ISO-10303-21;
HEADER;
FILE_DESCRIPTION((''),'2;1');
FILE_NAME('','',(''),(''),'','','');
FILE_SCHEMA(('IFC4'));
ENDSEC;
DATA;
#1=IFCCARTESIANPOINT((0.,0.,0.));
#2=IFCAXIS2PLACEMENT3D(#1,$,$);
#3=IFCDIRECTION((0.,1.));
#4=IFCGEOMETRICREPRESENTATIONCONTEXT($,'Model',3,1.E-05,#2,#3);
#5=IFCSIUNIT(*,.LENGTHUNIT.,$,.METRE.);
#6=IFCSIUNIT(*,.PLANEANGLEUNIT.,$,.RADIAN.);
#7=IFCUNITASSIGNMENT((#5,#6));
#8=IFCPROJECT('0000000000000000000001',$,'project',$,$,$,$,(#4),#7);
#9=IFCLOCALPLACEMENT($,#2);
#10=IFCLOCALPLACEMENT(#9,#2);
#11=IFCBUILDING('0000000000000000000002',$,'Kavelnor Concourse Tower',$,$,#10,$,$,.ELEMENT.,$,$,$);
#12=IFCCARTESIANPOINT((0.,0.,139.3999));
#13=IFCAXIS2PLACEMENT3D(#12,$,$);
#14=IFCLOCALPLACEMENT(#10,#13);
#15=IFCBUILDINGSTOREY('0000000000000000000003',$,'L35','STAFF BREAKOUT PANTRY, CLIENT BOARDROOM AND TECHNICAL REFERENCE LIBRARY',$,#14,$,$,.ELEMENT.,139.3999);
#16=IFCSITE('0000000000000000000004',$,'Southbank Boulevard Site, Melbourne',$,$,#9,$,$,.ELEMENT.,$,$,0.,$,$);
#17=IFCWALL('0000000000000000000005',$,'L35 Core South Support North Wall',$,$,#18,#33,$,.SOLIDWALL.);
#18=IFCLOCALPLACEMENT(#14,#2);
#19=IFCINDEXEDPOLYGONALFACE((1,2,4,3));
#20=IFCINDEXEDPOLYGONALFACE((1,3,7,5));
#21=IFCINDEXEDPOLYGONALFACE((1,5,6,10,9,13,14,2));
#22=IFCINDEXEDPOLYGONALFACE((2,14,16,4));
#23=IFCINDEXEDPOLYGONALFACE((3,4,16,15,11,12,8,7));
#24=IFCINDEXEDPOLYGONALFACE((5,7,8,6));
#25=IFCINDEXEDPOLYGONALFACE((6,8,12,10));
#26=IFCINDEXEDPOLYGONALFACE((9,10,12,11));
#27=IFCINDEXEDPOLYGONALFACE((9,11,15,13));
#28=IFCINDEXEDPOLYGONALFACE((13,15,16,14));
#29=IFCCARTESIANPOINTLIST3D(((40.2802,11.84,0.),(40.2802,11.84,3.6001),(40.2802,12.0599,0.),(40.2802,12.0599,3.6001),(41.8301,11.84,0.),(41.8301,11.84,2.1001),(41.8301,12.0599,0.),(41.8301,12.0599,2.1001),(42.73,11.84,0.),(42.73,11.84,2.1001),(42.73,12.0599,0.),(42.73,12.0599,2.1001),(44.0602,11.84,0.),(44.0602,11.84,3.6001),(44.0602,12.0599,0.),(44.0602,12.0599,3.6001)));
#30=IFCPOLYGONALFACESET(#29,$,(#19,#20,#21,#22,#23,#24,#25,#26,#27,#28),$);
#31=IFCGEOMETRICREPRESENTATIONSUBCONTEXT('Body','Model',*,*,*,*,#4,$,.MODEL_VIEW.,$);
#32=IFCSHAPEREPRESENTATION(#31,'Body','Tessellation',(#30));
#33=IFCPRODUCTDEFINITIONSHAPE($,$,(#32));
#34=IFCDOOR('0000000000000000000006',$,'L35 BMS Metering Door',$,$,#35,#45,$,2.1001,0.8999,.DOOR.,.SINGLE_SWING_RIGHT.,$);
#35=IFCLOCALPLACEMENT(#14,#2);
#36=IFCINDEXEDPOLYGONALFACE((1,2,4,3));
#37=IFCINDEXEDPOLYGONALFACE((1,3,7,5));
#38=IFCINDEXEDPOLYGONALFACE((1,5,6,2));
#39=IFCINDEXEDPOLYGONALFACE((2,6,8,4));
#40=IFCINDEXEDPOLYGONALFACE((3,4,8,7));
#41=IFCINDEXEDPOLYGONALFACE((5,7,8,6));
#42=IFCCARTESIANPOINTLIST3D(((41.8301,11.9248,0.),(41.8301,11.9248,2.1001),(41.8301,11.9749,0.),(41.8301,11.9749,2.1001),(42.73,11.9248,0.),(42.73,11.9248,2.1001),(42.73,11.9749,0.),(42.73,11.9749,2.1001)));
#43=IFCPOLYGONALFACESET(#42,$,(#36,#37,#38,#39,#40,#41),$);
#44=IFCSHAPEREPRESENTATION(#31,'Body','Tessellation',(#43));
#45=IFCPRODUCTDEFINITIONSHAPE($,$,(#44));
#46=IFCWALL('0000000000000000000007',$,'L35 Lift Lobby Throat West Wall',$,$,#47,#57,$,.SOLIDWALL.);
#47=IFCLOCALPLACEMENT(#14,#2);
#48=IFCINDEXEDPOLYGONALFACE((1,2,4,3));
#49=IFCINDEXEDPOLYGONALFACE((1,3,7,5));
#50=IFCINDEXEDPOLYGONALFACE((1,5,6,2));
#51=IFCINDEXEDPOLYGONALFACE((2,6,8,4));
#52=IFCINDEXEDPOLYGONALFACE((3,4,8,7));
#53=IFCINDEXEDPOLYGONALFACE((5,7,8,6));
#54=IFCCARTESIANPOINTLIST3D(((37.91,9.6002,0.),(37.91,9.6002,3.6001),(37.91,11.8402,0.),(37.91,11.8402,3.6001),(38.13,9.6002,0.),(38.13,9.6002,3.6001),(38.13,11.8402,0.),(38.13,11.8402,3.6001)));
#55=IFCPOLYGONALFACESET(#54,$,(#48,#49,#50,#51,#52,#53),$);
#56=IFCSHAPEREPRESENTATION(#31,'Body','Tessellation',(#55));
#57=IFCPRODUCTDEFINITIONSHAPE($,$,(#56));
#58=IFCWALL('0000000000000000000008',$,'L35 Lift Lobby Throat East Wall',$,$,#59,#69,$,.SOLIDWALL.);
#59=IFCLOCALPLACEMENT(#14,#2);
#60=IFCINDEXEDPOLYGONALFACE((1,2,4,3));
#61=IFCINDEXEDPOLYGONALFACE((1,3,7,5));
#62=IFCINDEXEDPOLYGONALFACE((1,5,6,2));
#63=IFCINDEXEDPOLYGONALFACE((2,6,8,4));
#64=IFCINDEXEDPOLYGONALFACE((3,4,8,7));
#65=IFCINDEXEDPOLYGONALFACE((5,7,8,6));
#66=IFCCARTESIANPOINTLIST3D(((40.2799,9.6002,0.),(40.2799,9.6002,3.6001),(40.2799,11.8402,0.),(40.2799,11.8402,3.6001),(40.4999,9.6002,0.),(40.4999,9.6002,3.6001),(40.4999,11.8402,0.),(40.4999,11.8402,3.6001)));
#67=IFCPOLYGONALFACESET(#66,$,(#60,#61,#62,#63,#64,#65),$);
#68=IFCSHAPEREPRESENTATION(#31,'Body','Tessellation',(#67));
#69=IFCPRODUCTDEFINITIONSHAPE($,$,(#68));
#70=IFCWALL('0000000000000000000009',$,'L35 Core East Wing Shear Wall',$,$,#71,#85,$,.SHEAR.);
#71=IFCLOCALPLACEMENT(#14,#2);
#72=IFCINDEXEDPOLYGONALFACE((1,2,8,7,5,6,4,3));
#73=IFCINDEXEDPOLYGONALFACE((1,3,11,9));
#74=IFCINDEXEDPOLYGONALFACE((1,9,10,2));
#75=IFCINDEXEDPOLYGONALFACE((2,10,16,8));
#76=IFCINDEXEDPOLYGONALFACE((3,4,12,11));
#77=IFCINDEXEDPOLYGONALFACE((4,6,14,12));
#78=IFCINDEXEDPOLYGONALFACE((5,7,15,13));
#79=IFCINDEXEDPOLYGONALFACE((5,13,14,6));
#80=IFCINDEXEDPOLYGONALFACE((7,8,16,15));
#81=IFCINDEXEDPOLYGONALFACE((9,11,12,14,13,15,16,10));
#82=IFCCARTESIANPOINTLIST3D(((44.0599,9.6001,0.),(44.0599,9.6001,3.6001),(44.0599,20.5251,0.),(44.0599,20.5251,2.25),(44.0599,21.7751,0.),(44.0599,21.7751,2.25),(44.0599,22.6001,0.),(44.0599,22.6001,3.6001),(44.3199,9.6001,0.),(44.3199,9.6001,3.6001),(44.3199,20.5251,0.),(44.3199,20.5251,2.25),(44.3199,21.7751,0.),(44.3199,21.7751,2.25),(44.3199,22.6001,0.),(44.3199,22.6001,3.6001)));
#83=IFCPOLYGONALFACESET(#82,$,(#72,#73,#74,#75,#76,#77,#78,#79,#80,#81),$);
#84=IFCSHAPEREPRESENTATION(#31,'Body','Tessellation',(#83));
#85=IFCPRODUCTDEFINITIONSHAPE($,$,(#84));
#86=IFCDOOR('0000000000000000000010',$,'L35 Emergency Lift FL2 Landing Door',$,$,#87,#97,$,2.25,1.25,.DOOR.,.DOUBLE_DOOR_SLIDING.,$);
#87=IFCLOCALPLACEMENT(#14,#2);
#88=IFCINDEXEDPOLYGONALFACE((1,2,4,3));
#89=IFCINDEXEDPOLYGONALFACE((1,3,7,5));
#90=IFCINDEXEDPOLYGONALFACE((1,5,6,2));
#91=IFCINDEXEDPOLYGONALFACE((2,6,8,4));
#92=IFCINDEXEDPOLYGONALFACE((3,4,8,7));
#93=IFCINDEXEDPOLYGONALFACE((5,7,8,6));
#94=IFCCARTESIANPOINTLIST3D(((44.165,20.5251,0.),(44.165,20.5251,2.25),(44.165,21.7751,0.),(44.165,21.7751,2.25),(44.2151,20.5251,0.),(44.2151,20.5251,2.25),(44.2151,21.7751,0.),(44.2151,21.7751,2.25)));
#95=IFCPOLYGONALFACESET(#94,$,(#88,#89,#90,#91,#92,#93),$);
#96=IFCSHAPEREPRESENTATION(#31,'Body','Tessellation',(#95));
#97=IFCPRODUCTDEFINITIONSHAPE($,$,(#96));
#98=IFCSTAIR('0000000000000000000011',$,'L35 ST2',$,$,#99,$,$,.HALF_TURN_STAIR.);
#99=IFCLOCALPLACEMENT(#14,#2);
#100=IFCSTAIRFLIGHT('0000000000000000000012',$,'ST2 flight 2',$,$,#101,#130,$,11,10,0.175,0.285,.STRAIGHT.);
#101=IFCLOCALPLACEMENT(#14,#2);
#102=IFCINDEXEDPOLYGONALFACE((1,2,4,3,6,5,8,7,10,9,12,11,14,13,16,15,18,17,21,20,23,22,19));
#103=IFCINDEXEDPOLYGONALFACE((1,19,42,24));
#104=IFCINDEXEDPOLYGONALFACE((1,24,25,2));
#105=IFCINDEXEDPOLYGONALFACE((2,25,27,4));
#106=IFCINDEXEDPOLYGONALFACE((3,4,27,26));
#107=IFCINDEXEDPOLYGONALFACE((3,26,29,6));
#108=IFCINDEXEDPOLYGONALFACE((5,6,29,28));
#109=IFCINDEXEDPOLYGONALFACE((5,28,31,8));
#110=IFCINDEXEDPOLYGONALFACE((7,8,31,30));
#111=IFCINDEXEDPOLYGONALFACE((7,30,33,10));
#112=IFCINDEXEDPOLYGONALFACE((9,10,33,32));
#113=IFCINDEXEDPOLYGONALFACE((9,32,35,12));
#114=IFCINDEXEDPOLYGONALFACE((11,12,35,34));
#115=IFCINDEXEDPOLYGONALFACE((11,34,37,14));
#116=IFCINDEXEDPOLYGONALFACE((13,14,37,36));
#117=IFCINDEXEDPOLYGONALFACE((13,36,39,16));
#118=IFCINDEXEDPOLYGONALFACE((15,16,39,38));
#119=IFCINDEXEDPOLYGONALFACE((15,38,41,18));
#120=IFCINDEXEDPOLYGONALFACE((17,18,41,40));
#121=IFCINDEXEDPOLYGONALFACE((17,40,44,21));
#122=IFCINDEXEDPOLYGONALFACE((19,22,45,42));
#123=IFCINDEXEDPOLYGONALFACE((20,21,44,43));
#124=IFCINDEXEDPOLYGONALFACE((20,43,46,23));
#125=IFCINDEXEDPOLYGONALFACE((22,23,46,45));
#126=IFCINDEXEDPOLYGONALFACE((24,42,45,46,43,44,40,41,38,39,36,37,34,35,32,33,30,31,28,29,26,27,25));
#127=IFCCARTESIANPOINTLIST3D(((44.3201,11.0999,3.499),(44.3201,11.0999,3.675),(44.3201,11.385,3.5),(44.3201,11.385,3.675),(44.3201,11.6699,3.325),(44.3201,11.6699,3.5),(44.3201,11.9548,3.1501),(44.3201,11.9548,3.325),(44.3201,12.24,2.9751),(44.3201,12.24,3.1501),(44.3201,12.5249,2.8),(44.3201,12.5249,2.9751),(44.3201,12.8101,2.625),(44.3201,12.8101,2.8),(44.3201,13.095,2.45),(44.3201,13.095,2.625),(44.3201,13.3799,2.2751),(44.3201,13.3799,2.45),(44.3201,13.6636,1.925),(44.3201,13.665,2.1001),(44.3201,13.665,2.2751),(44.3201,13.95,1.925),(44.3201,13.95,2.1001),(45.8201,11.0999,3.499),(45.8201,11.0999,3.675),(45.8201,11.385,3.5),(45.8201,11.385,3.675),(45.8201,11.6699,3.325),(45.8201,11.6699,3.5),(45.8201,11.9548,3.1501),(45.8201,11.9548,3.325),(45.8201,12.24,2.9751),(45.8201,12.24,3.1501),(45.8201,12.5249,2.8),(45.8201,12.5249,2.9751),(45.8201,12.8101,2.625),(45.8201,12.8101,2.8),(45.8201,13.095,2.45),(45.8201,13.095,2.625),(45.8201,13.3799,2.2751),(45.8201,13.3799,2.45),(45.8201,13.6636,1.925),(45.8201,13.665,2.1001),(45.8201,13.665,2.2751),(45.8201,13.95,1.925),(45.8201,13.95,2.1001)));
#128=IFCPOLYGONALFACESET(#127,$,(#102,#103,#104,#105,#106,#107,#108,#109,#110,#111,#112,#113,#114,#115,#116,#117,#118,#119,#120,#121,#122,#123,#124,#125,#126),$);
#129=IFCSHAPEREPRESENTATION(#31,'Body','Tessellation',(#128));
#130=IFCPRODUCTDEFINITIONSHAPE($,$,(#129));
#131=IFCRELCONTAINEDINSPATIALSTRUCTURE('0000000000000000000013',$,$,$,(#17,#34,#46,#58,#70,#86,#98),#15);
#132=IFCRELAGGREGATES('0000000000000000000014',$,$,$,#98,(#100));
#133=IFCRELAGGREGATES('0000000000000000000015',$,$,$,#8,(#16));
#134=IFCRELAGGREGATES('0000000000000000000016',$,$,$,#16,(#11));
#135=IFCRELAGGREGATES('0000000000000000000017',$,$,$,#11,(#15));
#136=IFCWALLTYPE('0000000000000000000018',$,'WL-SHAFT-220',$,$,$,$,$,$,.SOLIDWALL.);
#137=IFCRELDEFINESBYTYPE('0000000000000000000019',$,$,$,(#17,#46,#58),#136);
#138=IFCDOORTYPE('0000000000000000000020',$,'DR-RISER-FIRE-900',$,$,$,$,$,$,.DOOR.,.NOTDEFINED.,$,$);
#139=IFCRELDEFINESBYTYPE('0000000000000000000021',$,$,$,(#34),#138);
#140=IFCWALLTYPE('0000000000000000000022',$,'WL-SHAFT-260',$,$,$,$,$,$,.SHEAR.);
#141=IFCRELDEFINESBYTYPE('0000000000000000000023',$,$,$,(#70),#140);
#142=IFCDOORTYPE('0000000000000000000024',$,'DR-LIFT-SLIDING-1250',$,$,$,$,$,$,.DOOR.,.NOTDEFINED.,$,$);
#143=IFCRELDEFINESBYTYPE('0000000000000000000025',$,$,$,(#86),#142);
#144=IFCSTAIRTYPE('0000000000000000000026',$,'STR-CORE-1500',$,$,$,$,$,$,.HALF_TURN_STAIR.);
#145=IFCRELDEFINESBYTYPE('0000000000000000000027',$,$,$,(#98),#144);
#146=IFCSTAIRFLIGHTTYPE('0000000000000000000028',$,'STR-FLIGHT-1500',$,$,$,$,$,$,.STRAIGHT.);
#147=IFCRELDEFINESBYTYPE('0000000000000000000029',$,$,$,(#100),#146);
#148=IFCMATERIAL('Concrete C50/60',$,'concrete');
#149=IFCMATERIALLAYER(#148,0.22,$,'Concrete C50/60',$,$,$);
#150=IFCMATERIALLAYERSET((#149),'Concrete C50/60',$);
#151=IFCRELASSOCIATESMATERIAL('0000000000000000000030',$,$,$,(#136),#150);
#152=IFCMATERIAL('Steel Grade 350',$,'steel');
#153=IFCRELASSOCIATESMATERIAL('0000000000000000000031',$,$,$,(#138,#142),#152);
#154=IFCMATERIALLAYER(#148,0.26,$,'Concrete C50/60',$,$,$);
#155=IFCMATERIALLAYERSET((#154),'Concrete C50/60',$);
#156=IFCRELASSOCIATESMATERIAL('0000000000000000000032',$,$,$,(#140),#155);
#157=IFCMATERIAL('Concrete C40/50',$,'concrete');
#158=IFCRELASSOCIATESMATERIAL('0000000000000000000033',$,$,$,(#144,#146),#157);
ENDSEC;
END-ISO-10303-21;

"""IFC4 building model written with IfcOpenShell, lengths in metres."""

from ifc_helpers import new_model, si_unit, direction, frame, frame_2d, origin, place, context, subcontext, project, spatial, polyline, rectangle, outline, extrude, material, layer, layer_set, type_object, element, fill, aggregate, save


model = new_model("IFC4")

# Units and contexts
model_context = context("Model", 3, precision=1e-05, world=origin(), true_north=direction((0.0, 1.0)))
body_context = subcontext(model_context, "Body", "Model", "MODEL_VIEW")
ifc_project = project(units=[si_unit("LENGTHUNIT", "METRE"), si_unit("PLANEANGLEUNIT", "RADIAN")], contexts=[model_context])

# Site, building, storey
site_placement = place(None, origin())
site = spatial("IfcSite", under=ifc_project, at=site_placement, Name="Southbank Boulevard Site, Melbourne", CompositionType="ELEMENT", RefElevation=0.0)
building_placement = place(site_placement, origin())
building = spatial("IfcBuilding", under=site, at=building_placement, Name="Kavelnor Concourse Tower", CompositionType="ELEMENT")
storey_placement = place(building_placement, frame((0.0, 0.0, 139.3999)))
storey = spatial("IfcBuildingStorey", under=building, at=storey_placement, Name="L35", Description="STAFF BREAKOUT PANTRY, CLIENT BOARDROOM AND TECHNICAL REFERENCE LIBRARY", CompositionType="ELEMENT", Elevation=139.3999)

# Shared definitions
ifc_material_1 = material(Name="Steel Grade 350", Category="steel")

# Wall, opening, door
ifc_material_2 = material(Name="Concrete C50/60", Category="concrete")
ifc_layer_1 = layer(ifc_material_2, 0.22, Name="Concrete C50/60")
ifc_layer_set_1 = layer_set([ifc_layer_1], Name="Concrete C50/60")
wall_type_1 = type_object("IfcWallType", Name="WL-SHAFT-220", PredefinedType="SOLIDWALL", material=ifc_layer_set_1)
wall_1_placement = place(storey_placement, frame((40.28, 11.95, 0.0), z_axis=(0.0, 0.0, 1.0), x_axis=(1.0, 0.0, 0.0)))
wall_1 = element("IfcWall", 1, at=wall_1_placement, inside=storey, type_object=wall_type_1, Name="L35 Core South Support North Wall", PredefinedType="SOLIDWALL", context=body_context, shape_type="SweptSolid", body=[
    extrude(rectangle(XDim=3.78, YDim=0.22, at=frame_2d((1.8901, 0.0))), origin(), (0.0, 0.0, 1.0), 3.6001),
])
opening_1_placement = place(wall_1_placement, frame((1.55, 0.0, 0.0)))
opening_1 = element("IfcOpeningElement", 2, at=opening_1_placement, cuts=wall_1, PredefinedType="OPENING", context=body_context, shape_type="SweptSolid", body=[
    extrude(rectangle(XDim=0.8999, YDim=2.1001, at=frame_2d((0.45, 1.05))), frame((0.0, 0.1201, 0.0), z_axis=(0.0, -1.0, 0.0), x_axis=(1.0, 0.0, 0.0)), (0.0, 0.0, 1.0), 0.24),
])
door_type_1 = type_object("IfcDoorType", Name="DR-RISER-FIRE-900", OperationType="NOTDEFINED", PredefinedType="DOOR", material=ifc_material_1)
door_1_placement = place(opening_1_placement, origin())
door_1 = element("IfcDoor", 3, at=door_1_placement, inside=storey, type_object=door_type_1, Name="L35 BMS Metering Door", OperationType="SINGLE_SWING_RIGHT", OverallHeight=2.1001, OverallWidth=0.8999, PredefinedType="DOOR", context=body_context, shape_type="SweptSolid", body=[
    extrude(rectangle(XDim=0.8999, YDim=2.1001, at=frame_2d((0.45, 1.05))), frame((0.0, 0.0249, 0.0), z_axis=(0.0, -1.0, 0.0), x_axis=(1.0, 0.0, 0.0)), (0.0, 0.0, 1.0), 0.05),
])
fill(opening_1, door_1)

# Walls
for number, where, z_axis, x_axis, name in (
    (4, (38.02, 9.6001, 0.0), (0.0, 0.0, 1.0), (0.0, 1.0, 0.0), "L35 Lift Lobby Throat West Wall"),
    (5, (40.3899, 9.6001, 0.0), (0.0, 0.0, 1.0), (0.0, 1.0, 0.0), "L35 Lift Lobby Throat East Wall"),
):
    element("IfcWall", number, at=place(storey_placement, frame(where, z_axis=z_axis, x_axis=x_axis)), inside=storey, type_object=wall_type_1, Name=name, PredefinedType="SOLIDWALL", context=body_context, shape_type="SweptSolid", body=[
        extrude(rectangle(XDim=2.24, YDim=0.22, at=frame_2d((1.1201, 0.0))), origin(), (0.0, 0.0, 1.0), 3.6001),
    ])

# Wall, opening, door
ifc_layer_2 = layer(ifc_material_2, 0.26, Name="Concrete C50/60")
ifc_layer_set_2 = layer_set([ifc_layer_2], Name="Concrete C50/60")
wall_type_2 = type_object("IfcWallType", Name="WL-SHAFT-260", PredefinedType="SHEAR", material=ifc_layer_set_2)
wall_2_placement = place(storey_placement, frame((44.1899, 9.6001, 0.0), z_axis=(0.0, 0.0, 1.0), x_axis=(0.0, 1.0, 0.0)))
wall_2 = element("IfcWall", 6, at=wall_2_placement, inside=storey, type_object=wall_type_2, Name="L35 Core East Wing Shear Wall", PredefinedType="SHEAR", context=body_context, shape_type="SweptSolid", body=[
    extrude(rectangle(XDim=13.0, YDim=0.26, at=frame_2d((6.5, 0.0))), origin(), (0.0, 0.0, 1.0), 3.6001),
])
opening_2_placement = place(wall_2_placement, frame((10.925, 0.0, 0.0)))
opening_2 = element("IfcOpeningElement", 7, at=opening_2_placement, cuts=wall_2, PredefinedType="OPENING", context=body_context, shape_type="SweptSolid", body=[
    extrude(rectangle(XDim=1.25, YDim=2.25, at=frame_2d((0.625, 1.125))), frame((0.0, 0.1401, 0.0), z_axis=(0.0, -1.0, 0.0), x_axis=(1.0, 0.0, 0.0)), (0.0, 0.0, 1.0), 0.28),
])
door_type_2 = type_object("IfcDoorType", Name="DR-LIFT-SLIDING-1250", OperationType="NOTDEFINED", PredefinedType="DOOR", material=ifc_material_1)
door_2_placement = place(opening_2_placement, origin())
door_2 = element("IfcDoor", 8, at=door_2_placement, inside=storey, type_object=door_type_2, Name="L35 Emergency Lift FL2 Landing Door", OperationType="DOUBLE_DOOR_SLIDING", OverallHeight=2.25, OverallWidth=1.25, PredefinedType="DOOR", context=body_context, shape_type="SweptSolid", body=[
    extrude(rectangle(XDim=1.25, YDim=2.25, at=frame_2d((0.625, 1.125))), frame((0.0, 0.0249, 0.0), z_axis=(0.0, -1.0, 0.0), x_axis=(1.0, 0.0, 0.0)), (0.0, 0.0, 1.0), 0.05),
])
fill(opening_2, door_2)

# Stair, stair flight
ifc_material_3 = material(Name="Concrete C40/50", Category="concrete")
stair_type = type_object("IfcStairType", Name="STR-CORE-1500", PredefinedType="HALF_TURN_STAIR", material=ifc_material_3)
stair_placement = place(storey_placement, origin())
stair = element("IfcStair", 9, at=stair_placement, inside=storey, type_object=stair_type, Name="L35 ST2", PredefinedType="HALF_TURN_STAIR")
stair_flight_type = type_object("IfcStairFlightType", Name="STR-FLIGHT-1500", PredefinedType="STRAIGHT", material=ifc_material_3)
stair_flight_placement = place(storey_placement, frame((45.0701, 13.95, 1.925), z_axis=(0.0, 0.0, 1.0), x_axis=(0.0, -1.0, 0.0)))
stair_flight = element("IfcStairFlight", 10, at=stair_flight_placement, type_object=stair_flight_type, Name="ST2 flight 2", NumberOfRisers=11, NumberOfTreads=10, PredefinedType="STRAIGHT", RiserHeight=0.175, TreadLength=0.285, context=body_context, shape_type="SweptSolid", body=[
    extrude(outline(polyline([(0.0, 0.0), (0.0, 0.175), (0.2849, 0.175), (0.2849, 0.3501), (0.5701, 0.3501), (0.5701, 0.5249), (0.855, 0.5249), (0.855, 0.7), (1.1399, 0.7), (1.1399, 0.875), (1.425, 0.875), (1.425, 1.05), (1.71, 1.05), (1.71, 1.2251), (1.9951, 1.2251), (1.9951, 1.3999), (2.28, 1.3999), (2.28, 1.575), (2.5649, 1.575), (2.5649, 1.75), (2.8501, 1.75), (2.8501, 1.925), (2.8501, 1.574), (0.2864, 0.0), (0.0, 0.0)])), frame((0.0, 0.75, 0.0), z_axis=(0.0, -1.0, 0.0), x_axis=(1.0, 0.0, 0.0)), (0.0, 0.0, 1.0), 1.5),
])
aggregate(stair, [stair_flight])

save(model, "model.ifc")
